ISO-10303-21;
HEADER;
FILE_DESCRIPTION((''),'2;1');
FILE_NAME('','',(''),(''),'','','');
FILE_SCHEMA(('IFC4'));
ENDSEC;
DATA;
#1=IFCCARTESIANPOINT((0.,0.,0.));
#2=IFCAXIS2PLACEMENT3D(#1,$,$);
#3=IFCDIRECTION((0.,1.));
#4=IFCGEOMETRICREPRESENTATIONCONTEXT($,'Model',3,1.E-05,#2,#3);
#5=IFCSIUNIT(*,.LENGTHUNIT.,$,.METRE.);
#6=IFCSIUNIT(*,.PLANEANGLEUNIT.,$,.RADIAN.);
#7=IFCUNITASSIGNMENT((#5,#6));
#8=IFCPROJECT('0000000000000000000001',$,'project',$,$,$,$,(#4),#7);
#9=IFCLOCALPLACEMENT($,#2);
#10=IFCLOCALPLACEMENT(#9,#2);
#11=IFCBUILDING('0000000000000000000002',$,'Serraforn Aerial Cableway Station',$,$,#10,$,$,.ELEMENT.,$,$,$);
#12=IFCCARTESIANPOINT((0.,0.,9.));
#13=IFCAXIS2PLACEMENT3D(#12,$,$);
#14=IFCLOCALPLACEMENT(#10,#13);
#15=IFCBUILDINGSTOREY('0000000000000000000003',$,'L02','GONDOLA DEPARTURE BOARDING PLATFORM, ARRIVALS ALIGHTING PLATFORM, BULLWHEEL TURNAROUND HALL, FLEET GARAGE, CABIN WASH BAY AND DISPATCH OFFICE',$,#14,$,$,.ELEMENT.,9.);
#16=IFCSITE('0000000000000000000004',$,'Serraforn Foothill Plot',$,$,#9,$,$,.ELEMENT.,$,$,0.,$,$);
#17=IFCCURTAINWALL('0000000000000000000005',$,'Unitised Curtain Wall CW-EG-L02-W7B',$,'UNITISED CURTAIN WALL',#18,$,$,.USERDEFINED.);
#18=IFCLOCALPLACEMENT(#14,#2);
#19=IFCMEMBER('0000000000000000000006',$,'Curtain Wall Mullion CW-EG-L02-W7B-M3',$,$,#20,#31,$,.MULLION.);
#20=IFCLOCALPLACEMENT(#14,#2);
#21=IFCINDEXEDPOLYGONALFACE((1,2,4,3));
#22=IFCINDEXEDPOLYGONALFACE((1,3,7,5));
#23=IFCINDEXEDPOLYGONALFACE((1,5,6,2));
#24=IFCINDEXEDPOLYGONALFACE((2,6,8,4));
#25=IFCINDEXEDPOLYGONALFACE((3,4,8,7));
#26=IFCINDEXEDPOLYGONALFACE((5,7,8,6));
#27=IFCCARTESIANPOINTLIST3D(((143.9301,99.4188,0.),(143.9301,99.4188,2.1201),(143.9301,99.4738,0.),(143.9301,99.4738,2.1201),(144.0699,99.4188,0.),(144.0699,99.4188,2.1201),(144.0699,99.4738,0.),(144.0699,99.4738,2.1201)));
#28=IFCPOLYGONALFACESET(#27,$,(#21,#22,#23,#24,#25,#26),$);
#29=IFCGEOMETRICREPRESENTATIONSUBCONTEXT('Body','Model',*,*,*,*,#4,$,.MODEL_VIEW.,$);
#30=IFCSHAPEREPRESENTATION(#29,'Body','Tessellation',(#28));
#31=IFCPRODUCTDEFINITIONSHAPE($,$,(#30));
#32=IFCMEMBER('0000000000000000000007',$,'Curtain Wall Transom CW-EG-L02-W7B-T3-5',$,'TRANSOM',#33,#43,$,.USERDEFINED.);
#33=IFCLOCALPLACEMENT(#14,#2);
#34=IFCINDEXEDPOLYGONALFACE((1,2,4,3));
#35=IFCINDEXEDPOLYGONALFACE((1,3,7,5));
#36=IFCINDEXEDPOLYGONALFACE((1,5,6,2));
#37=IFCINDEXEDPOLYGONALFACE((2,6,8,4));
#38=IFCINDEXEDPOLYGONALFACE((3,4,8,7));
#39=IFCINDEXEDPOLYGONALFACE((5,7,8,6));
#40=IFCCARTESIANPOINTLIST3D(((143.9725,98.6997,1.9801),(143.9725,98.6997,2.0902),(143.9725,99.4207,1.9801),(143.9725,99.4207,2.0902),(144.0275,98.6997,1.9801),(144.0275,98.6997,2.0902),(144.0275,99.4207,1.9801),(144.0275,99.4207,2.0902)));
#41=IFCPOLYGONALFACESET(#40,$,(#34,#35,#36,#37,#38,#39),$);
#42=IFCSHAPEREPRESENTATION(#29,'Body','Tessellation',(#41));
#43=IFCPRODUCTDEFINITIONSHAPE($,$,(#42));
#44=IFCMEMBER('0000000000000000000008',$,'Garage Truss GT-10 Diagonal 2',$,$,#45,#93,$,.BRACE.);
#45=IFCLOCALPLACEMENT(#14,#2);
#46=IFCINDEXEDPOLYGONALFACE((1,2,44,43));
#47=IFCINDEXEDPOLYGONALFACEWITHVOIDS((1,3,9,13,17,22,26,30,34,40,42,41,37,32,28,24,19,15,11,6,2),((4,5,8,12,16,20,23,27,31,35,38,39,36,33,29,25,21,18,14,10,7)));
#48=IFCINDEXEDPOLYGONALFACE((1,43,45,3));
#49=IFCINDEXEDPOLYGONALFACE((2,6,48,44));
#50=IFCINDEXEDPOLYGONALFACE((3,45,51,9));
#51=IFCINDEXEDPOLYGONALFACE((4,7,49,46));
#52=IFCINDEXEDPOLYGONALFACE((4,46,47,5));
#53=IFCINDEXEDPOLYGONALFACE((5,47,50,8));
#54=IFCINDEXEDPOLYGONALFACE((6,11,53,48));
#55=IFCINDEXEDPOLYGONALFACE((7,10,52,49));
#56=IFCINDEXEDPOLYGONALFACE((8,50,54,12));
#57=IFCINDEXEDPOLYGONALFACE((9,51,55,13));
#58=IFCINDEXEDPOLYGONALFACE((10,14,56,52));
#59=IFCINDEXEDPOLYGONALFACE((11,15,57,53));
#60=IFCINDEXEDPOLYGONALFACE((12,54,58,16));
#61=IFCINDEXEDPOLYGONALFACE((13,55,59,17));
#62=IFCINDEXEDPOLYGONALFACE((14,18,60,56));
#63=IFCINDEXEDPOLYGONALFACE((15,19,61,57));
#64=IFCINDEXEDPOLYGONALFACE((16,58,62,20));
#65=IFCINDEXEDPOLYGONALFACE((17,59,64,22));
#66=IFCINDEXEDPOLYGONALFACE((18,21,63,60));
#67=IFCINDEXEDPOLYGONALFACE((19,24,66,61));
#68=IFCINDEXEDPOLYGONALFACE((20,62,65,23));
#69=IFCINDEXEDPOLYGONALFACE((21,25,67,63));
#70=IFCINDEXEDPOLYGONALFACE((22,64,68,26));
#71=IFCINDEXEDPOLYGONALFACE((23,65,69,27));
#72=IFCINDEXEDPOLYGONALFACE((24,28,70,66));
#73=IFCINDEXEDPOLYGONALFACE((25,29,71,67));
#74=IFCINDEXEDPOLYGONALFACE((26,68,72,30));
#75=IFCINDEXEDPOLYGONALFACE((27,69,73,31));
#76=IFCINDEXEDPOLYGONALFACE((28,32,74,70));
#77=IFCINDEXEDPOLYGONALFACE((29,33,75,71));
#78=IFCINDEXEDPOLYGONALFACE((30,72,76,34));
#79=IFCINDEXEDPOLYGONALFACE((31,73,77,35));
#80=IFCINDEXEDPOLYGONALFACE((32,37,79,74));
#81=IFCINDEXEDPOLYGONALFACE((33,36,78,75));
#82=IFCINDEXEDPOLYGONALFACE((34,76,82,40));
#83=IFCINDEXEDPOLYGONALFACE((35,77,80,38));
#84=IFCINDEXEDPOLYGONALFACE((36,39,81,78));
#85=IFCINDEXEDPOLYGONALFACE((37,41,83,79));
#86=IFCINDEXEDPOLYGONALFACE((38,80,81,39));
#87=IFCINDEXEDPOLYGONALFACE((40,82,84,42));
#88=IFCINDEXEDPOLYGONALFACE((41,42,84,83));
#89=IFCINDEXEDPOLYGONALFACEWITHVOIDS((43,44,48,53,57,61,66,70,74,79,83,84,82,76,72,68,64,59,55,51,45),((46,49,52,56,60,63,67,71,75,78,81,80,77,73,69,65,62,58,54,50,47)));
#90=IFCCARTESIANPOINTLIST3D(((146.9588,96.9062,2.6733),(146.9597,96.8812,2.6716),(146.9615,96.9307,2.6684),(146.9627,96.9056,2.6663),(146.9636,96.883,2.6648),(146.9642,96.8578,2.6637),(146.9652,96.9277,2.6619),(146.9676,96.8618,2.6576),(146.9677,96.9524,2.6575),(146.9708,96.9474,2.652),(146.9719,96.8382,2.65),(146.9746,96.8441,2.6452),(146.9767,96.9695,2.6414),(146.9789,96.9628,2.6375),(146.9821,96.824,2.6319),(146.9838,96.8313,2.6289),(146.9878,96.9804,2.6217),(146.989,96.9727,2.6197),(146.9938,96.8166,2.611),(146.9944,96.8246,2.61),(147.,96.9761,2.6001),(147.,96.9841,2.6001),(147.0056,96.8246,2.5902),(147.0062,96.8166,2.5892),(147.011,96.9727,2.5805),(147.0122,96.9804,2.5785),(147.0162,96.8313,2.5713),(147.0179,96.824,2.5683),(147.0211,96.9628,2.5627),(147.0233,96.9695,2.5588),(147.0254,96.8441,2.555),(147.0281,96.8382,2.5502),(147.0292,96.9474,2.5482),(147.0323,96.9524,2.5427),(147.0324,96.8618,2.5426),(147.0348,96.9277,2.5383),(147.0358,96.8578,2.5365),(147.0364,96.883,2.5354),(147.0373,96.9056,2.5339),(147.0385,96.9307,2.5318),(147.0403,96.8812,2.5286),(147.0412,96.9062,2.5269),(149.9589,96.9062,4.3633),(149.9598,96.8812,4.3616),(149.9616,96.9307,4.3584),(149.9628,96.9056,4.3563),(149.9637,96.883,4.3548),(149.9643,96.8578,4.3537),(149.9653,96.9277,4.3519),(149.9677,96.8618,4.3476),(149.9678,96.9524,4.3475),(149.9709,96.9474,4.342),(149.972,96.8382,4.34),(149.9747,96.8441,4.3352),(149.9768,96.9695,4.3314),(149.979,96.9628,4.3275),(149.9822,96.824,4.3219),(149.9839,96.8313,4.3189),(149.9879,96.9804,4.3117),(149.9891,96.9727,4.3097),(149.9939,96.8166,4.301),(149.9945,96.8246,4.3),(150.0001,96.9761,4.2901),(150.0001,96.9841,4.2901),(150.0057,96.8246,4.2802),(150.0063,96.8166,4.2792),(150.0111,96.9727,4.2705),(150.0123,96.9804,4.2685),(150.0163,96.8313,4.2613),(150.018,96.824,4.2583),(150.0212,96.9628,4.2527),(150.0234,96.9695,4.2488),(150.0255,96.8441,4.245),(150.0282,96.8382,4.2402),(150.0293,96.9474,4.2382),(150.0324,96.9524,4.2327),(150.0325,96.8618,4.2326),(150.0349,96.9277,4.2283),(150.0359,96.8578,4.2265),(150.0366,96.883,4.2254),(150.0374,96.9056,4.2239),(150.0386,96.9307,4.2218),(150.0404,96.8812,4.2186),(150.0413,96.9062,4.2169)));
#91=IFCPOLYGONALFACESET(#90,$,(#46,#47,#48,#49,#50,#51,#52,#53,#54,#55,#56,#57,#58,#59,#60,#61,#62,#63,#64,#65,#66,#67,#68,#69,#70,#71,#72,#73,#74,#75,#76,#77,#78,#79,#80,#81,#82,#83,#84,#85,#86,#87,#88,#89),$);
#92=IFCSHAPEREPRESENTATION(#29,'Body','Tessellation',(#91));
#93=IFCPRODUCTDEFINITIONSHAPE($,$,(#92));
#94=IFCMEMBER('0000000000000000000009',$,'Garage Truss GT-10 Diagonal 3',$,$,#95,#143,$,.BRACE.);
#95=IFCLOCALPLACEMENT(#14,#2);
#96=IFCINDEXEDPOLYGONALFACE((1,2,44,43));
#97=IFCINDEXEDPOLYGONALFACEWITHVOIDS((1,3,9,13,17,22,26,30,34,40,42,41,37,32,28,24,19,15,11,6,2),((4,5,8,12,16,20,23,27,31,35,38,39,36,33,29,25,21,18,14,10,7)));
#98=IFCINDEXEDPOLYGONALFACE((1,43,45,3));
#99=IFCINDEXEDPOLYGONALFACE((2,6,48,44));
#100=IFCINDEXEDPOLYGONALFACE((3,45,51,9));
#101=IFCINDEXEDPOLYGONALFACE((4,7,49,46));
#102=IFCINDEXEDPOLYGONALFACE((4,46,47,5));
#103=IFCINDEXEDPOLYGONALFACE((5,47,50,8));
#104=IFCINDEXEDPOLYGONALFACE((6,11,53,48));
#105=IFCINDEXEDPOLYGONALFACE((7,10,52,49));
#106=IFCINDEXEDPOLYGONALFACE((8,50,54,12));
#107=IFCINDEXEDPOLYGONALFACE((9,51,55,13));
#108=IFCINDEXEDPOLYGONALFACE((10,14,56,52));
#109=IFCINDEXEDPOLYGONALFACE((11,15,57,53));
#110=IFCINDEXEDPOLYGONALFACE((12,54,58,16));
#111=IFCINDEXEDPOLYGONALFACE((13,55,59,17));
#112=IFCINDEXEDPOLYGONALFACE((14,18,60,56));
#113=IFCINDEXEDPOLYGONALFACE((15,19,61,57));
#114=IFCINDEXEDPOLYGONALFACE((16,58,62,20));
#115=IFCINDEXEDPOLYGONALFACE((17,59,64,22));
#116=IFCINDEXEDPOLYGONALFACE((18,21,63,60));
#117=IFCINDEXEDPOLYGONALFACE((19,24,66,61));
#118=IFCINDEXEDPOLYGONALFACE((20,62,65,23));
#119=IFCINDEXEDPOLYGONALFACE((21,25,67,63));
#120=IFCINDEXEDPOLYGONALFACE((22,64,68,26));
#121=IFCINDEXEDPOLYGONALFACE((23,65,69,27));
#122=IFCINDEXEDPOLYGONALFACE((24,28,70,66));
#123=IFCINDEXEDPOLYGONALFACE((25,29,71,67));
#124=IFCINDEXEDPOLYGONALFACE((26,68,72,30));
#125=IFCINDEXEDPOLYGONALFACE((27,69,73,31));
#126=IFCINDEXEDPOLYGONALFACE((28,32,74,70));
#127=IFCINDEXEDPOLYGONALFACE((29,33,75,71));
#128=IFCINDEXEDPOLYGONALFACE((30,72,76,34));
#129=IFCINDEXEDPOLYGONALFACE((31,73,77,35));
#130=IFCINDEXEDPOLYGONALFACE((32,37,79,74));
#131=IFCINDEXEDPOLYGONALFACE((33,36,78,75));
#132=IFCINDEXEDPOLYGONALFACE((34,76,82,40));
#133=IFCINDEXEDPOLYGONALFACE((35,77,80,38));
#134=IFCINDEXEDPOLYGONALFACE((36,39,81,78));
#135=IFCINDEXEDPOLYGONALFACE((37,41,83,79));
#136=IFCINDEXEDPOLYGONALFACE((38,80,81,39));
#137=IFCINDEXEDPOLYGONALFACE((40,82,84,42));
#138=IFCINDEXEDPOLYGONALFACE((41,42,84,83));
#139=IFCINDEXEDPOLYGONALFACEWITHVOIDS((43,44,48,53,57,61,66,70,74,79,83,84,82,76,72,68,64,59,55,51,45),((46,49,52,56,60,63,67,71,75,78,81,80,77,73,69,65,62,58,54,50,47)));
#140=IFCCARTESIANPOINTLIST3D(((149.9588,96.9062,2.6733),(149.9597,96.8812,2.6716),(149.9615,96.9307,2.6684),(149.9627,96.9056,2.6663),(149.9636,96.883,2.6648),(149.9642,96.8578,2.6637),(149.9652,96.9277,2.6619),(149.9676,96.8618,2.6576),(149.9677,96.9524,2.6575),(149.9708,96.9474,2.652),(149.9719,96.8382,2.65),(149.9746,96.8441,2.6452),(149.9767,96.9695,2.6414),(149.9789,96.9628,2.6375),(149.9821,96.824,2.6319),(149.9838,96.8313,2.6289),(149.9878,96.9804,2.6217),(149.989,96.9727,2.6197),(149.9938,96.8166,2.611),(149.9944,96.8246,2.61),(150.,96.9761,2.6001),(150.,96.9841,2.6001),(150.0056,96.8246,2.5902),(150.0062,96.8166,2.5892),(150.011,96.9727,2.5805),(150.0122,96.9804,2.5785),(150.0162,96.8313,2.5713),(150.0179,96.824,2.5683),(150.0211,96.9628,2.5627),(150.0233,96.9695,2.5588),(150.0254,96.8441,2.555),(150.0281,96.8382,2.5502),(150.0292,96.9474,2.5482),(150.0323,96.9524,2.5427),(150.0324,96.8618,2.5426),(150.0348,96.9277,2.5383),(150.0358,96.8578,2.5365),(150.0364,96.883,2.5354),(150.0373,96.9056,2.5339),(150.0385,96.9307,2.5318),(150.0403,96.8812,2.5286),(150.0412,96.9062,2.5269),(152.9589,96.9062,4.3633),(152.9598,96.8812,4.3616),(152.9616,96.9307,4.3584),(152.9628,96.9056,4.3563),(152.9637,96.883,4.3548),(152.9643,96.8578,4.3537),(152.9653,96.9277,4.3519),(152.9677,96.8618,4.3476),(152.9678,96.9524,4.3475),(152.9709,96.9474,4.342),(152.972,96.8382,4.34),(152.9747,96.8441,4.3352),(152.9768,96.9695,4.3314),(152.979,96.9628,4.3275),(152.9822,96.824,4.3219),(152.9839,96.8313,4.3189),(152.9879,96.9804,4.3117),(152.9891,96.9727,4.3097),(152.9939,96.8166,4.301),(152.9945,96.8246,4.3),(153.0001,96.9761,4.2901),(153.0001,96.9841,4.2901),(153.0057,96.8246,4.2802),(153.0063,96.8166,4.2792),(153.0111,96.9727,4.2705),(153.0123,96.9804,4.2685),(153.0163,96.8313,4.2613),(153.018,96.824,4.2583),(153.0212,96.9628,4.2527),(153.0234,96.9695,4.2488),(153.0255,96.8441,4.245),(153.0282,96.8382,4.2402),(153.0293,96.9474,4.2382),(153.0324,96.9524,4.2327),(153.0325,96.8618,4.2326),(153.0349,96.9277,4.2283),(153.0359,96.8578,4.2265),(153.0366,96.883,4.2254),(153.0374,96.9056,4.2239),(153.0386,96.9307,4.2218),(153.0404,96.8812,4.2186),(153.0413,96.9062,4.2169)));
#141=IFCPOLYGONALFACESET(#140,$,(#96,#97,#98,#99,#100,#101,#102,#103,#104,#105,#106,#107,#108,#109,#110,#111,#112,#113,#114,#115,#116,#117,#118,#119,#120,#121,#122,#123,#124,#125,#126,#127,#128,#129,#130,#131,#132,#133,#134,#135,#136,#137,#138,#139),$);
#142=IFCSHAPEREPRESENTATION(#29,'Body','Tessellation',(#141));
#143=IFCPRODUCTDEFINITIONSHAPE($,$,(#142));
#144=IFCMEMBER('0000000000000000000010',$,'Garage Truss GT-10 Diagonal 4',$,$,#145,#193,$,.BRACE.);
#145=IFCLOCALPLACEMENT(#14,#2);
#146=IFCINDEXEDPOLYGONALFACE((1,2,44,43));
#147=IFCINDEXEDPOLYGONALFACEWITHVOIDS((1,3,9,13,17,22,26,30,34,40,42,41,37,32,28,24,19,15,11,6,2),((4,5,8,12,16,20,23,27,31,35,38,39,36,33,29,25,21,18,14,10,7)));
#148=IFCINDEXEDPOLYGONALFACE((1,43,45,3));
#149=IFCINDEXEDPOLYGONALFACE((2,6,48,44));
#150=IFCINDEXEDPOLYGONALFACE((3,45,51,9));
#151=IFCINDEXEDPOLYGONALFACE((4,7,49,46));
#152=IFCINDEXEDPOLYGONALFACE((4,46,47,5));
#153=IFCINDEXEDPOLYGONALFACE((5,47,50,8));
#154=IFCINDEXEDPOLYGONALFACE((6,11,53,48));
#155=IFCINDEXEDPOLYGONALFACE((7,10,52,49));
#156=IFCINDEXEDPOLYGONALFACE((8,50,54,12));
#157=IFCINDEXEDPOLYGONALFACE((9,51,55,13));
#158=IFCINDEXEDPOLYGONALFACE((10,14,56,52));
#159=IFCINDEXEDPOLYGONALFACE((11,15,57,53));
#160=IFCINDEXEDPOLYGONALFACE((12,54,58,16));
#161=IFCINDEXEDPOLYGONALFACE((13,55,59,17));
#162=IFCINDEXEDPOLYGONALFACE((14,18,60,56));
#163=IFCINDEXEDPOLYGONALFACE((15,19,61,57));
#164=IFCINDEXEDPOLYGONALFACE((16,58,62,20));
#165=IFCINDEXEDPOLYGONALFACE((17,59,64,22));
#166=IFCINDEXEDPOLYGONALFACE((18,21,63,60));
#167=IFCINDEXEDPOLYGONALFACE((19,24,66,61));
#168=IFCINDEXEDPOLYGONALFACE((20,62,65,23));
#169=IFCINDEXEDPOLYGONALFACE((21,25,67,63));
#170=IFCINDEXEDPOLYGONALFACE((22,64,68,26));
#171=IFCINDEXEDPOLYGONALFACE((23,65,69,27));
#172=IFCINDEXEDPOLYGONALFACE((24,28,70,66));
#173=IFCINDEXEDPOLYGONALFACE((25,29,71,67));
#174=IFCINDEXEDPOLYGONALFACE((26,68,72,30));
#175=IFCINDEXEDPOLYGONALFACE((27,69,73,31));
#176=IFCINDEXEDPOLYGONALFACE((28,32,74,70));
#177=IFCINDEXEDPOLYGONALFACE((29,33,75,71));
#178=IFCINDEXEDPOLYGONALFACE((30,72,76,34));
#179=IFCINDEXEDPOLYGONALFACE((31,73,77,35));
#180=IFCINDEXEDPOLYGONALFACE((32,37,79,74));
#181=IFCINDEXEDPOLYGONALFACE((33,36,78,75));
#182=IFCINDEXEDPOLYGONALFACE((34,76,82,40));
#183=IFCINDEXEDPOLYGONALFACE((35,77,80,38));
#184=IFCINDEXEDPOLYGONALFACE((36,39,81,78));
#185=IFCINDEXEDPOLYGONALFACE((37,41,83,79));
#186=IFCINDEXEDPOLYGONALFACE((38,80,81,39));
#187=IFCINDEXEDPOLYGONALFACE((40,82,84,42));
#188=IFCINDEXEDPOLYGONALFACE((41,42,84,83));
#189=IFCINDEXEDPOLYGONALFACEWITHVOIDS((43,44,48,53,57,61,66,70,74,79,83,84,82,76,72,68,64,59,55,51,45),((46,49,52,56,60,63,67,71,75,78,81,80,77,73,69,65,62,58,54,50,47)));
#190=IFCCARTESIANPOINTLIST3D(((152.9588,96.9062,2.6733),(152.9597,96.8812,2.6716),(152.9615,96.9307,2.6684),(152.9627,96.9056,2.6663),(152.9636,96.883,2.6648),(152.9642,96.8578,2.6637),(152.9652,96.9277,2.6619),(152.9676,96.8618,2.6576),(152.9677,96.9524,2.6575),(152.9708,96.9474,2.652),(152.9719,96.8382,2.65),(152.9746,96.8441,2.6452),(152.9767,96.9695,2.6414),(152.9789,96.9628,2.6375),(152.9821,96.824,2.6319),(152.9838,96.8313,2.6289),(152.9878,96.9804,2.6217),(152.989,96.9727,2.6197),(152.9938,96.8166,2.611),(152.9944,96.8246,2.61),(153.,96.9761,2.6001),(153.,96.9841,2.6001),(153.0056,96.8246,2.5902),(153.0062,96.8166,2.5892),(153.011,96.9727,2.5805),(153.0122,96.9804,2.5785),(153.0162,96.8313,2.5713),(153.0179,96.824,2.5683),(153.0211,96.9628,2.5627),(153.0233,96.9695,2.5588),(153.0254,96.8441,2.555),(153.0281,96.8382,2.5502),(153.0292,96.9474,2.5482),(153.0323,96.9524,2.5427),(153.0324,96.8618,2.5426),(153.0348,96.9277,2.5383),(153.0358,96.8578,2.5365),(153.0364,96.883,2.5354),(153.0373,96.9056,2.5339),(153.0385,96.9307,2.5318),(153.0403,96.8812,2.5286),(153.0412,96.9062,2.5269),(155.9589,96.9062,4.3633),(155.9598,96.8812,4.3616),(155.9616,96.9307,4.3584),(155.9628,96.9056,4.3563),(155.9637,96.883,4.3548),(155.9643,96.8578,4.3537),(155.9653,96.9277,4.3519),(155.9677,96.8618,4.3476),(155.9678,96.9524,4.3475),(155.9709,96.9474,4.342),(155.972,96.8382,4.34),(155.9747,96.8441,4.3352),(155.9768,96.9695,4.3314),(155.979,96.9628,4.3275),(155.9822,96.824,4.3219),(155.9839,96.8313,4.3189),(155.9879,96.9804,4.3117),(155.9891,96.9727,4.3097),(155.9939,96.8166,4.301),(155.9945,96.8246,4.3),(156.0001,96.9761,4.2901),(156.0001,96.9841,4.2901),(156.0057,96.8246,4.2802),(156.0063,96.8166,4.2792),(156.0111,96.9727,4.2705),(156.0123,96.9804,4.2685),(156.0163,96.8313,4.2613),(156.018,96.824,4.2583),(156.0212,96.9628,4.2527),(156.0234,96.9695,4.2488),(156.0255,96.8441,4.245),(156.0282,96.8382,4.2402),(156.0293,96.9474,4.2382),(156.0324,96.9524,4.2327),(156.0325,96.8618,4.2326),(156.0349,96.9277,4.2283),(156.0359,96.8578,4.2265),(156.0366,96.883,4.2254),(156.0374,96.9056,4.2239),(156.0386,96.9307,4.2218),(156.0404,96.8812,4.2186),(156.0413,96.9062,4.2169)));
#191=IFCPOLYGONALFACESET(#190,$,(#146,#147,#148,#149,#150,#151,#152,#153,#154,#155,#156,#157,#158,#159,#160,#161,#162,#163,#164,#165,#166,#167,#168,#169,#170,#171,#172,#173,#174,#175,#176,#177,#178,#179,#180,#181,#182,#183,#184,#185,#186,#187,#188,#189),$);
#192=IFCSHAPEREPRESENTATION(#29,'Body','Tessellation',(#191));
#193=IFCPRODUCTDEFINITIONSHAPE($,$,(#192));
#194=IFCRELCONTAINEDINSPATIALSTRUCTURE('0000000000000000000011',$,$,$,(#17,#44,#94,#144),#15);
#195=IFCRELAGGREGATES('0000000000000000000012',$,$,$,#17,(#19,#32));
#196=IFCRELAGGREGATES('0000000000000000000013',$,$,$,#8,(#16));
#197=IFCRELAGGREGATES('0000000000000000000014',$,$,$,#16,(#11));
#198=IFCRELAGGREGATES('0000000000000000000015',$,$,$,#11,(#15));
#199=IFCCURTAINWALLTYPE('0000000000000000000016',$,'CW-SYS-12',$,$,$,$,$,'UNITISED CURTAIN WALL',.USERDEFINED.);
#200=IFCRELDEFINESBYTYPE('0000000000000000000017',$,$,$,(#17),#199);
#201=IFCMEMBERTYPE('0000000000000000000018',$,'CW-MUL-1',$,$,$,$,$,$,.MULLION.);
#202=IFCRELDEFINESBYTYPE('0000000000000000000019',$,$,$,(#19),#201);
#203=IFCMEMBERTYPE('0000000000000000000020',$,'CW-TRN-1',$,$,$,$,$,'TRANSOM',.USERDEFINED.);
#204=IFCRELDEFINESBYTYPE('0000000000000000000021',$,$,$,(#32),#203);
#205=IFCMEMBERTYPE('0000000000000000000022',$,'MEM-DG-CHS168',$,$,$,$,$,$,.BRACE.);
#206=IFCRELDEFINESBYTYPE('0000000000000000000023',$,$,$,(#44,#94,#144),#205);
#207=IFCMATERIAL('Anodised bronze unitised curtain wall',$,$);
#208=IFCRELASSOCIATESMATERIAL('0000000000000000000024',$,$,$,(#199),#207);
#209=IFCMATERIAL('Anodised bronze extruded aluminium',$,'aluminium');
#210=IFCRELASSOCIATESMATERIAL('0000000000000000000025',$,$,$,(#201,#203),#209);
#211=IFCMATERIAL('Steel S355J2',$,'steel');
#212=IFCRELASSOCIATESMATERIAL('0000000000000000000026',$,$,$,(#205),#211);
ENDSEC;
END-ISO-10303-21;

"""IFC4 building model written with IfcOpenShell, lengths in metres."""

from ifc_helpers import new_model, si_unit, direction, frame, origin, origin_2d, place, context, subcontext, project, spatial, rectangle, hollow_circle, extrude, material, material_profile, profile_set, type_object, element, aggregate, save


model = new_model("IFC4")

# Units and contexts
model_context = context("Model", 3, precision=1e-05, world=origin(), true_north=direction((0.0, 1.0)))
body_context = subcontext(model_context, "Body", "Model", "MODEL_VIEW")
ifc_project = project(units=[si_unit("LENGTHUNIT", "METRE"), si_unit("PLANEANGLEUNIT", "RADIAN")], contexts=[model_context])

# Site, building, storey
site_placement = place(None, origin())
site = spatial("IfcSite", under=ifc_project, at=site_placement, Name="Serraforn Foothill Plot", CompositionType="ELEMENT", RefElevation=0.0)
building_placement = place(site_placement, origin())
building = spatial("IfcBuilding", under=site, at=building_placement, Name="Serraforn Aerial Cableway Station", CompositionType="ELEMENT")
storey_placement = place(building_placement, frame((0.0, 0.0, 9.0)))
storey = spatial("IfcBuildingStorey", under=building, at=storey_placement, Name="L02", Description="GONDOLA DEPARTURE BOARDING PLATFORM, ARRIVALS ALIGHTING PLATFORM, BULLWHEEL TURNAROUND HALL, FLEET GARAGE, CABIN WASH BAY AND DISPATCH OFFICE", CompositionType="ELEMENT", Elevation=9.0)

# Curtain wall, members
ifc_material_1 = material(Name="Anodised bronze unitised curtain wall")
curtain_wall_type = type_object("IfcCurtainWallType", Name="CW-SYS-12", ElementType="UNITISED CURTAIN WALL", PredefinedType="USERDEFINED", material=ifc_material_1)
curtain_wall_placement = place(storey_placement, origin())
curtain_wall = element("IfcCurtainWall", 1, at=curtain_wall_placement, inside=storey, type_object=curtain_wall_type, Name="Unitised Curtain Wall CW-EG-L02-W7B", ObjectType="UNITISED CURTAIN WALL", PredefinedType="USERDEFINED")
ifc_material_2 = material(Name="Anodised bronze extruded aluminium", Category="aluminium")
ifc_material_profile_1 = material_profile(ifc_material_2, rectangle(XDim=0.0549, YDim=0.1399, at=origin_2d()), Name="CW MULLION 55x140")
ifc_profile_set_1 = profile_set([ifc_material_profile_1], Name="Anodised bronze extruded aluminium")
member_type_1 = type_object("IfcMemberType", Name="CW-MUL-1", PredefinedType="MULLION", material=ifc_profile_set_1)
member_1_placement = place(storey_placement, frame((144.0, 99.4463, 0.0), z_axis=(0.0, 0.0, 1.0), x_axis=(0.0, -1.0, 0.0)))
member_1 = element("IfcMember", 2, at=member_1_placement, type_object=member_type_1, Name="Curtain Wall Mullion CW-EG-L02-W7B-M3", PredefinedType="MULLION", context=body_context, shape_type="SweptSolid", body=[
    extrude(rectangle(XDim=0.0549, YDim=0.1399, at=origin_2d()), origin(), (0.0, 0.0, 1.0), 2.1201),
])
ifc_material_profile_2 = material_profile(ifc_material_2, rectangle(XDim=0.0549, YDim=0.1101, at=origin_2d()), Name="CW TRANSOM 55x110")
ifc_profile_set_2 = profile_set([ifc_material_profile_2], Name="Anodised bronze extruded aluminium")
member_type_2 = type_object("IfcMemberType", Name="CW-TRN-1", ElementType="TRANSOM", PredefinedType="USERDEFINED", material=ifc_profile_set_2)
member_2_placement = place(storey_placement, frame((144.0, 99.4207, 2.0352), z_axis=(0.0, -1.0, 0.0), x_axis=(1.0, 0.0, 0.0)))
member_2 = element("IfcMember", 3, at=member_2_placement, type_object=member_type_2, Name="Curtain Wall Transom CW-EG-L02-W7B-T3-5", ObjectType="TRANSOM", PredefinedType="USERDEFINED", context=body_context, shape_type="SweptSolid", body=[
    extrude(rectangle(XDim=0.0549, YDim=0.1101, at=origin_2d()), origin(), (0.0, 0.0, 1.0), 0.7209),
])
aggregate(curtain_wall, [member_1, member_2])

# Members
ifc_material_3 = material(Name="Steel S355J2", Category="steel")
ifc_material_profile_3 = material_profile(ifc_material_3, hollow_circle(Radius=0.0842, WallThickness=0.0081, at=origin_2d()), Name="CHS 168.3x8.0")
ifc_profile_set_3 = profile_set([ifc_material_profile_3], Name="Steel S355J2")
member_type_3 = type_object("IfcMemberType", Name="MEM-DG-CHS168", PredefinedType="BRACE", material=ifc_profile_set_3)
for number, where, z_axis, x_axis, name in (
    (4, (147.0, 96.8999, 2.6001), (0.871272, 0.0, 0.4908), (0.0, 1.0, 0.0), "Garage Truss GT-10 Diagonal 2"),
    (5, (150.0, 96.8999, 2.6001), (0.871272, 0.0, 0.4908), (0.0, 1.0, 0.0), "Garage Truss GT-10 Diagonal 3"),
    (6, (153.0, 96.8999, 2.6001), (0.871272, 0.0, 0.4908), (0.0, 1.0, 0.0), "Garage Truss GT-10 Diagonal 4"),
):
    element("IfcMember", number, at=place(storey_placement, frame(where, z_axis=z_axis, x_axis=x_axis)), inside=storey, type_object=member_type_3, Name=name, PredefinedType="BRACE", context=body_context, shape_type="SweptSolid", body=[
        extrude(hollow_circle(Radius=0.0842, WallThickness=0.0081, at=origin_2d()), origin(), (0.0, 0.0, 1.0), 3.4434),
    ])

save(model, "model.ifc")
